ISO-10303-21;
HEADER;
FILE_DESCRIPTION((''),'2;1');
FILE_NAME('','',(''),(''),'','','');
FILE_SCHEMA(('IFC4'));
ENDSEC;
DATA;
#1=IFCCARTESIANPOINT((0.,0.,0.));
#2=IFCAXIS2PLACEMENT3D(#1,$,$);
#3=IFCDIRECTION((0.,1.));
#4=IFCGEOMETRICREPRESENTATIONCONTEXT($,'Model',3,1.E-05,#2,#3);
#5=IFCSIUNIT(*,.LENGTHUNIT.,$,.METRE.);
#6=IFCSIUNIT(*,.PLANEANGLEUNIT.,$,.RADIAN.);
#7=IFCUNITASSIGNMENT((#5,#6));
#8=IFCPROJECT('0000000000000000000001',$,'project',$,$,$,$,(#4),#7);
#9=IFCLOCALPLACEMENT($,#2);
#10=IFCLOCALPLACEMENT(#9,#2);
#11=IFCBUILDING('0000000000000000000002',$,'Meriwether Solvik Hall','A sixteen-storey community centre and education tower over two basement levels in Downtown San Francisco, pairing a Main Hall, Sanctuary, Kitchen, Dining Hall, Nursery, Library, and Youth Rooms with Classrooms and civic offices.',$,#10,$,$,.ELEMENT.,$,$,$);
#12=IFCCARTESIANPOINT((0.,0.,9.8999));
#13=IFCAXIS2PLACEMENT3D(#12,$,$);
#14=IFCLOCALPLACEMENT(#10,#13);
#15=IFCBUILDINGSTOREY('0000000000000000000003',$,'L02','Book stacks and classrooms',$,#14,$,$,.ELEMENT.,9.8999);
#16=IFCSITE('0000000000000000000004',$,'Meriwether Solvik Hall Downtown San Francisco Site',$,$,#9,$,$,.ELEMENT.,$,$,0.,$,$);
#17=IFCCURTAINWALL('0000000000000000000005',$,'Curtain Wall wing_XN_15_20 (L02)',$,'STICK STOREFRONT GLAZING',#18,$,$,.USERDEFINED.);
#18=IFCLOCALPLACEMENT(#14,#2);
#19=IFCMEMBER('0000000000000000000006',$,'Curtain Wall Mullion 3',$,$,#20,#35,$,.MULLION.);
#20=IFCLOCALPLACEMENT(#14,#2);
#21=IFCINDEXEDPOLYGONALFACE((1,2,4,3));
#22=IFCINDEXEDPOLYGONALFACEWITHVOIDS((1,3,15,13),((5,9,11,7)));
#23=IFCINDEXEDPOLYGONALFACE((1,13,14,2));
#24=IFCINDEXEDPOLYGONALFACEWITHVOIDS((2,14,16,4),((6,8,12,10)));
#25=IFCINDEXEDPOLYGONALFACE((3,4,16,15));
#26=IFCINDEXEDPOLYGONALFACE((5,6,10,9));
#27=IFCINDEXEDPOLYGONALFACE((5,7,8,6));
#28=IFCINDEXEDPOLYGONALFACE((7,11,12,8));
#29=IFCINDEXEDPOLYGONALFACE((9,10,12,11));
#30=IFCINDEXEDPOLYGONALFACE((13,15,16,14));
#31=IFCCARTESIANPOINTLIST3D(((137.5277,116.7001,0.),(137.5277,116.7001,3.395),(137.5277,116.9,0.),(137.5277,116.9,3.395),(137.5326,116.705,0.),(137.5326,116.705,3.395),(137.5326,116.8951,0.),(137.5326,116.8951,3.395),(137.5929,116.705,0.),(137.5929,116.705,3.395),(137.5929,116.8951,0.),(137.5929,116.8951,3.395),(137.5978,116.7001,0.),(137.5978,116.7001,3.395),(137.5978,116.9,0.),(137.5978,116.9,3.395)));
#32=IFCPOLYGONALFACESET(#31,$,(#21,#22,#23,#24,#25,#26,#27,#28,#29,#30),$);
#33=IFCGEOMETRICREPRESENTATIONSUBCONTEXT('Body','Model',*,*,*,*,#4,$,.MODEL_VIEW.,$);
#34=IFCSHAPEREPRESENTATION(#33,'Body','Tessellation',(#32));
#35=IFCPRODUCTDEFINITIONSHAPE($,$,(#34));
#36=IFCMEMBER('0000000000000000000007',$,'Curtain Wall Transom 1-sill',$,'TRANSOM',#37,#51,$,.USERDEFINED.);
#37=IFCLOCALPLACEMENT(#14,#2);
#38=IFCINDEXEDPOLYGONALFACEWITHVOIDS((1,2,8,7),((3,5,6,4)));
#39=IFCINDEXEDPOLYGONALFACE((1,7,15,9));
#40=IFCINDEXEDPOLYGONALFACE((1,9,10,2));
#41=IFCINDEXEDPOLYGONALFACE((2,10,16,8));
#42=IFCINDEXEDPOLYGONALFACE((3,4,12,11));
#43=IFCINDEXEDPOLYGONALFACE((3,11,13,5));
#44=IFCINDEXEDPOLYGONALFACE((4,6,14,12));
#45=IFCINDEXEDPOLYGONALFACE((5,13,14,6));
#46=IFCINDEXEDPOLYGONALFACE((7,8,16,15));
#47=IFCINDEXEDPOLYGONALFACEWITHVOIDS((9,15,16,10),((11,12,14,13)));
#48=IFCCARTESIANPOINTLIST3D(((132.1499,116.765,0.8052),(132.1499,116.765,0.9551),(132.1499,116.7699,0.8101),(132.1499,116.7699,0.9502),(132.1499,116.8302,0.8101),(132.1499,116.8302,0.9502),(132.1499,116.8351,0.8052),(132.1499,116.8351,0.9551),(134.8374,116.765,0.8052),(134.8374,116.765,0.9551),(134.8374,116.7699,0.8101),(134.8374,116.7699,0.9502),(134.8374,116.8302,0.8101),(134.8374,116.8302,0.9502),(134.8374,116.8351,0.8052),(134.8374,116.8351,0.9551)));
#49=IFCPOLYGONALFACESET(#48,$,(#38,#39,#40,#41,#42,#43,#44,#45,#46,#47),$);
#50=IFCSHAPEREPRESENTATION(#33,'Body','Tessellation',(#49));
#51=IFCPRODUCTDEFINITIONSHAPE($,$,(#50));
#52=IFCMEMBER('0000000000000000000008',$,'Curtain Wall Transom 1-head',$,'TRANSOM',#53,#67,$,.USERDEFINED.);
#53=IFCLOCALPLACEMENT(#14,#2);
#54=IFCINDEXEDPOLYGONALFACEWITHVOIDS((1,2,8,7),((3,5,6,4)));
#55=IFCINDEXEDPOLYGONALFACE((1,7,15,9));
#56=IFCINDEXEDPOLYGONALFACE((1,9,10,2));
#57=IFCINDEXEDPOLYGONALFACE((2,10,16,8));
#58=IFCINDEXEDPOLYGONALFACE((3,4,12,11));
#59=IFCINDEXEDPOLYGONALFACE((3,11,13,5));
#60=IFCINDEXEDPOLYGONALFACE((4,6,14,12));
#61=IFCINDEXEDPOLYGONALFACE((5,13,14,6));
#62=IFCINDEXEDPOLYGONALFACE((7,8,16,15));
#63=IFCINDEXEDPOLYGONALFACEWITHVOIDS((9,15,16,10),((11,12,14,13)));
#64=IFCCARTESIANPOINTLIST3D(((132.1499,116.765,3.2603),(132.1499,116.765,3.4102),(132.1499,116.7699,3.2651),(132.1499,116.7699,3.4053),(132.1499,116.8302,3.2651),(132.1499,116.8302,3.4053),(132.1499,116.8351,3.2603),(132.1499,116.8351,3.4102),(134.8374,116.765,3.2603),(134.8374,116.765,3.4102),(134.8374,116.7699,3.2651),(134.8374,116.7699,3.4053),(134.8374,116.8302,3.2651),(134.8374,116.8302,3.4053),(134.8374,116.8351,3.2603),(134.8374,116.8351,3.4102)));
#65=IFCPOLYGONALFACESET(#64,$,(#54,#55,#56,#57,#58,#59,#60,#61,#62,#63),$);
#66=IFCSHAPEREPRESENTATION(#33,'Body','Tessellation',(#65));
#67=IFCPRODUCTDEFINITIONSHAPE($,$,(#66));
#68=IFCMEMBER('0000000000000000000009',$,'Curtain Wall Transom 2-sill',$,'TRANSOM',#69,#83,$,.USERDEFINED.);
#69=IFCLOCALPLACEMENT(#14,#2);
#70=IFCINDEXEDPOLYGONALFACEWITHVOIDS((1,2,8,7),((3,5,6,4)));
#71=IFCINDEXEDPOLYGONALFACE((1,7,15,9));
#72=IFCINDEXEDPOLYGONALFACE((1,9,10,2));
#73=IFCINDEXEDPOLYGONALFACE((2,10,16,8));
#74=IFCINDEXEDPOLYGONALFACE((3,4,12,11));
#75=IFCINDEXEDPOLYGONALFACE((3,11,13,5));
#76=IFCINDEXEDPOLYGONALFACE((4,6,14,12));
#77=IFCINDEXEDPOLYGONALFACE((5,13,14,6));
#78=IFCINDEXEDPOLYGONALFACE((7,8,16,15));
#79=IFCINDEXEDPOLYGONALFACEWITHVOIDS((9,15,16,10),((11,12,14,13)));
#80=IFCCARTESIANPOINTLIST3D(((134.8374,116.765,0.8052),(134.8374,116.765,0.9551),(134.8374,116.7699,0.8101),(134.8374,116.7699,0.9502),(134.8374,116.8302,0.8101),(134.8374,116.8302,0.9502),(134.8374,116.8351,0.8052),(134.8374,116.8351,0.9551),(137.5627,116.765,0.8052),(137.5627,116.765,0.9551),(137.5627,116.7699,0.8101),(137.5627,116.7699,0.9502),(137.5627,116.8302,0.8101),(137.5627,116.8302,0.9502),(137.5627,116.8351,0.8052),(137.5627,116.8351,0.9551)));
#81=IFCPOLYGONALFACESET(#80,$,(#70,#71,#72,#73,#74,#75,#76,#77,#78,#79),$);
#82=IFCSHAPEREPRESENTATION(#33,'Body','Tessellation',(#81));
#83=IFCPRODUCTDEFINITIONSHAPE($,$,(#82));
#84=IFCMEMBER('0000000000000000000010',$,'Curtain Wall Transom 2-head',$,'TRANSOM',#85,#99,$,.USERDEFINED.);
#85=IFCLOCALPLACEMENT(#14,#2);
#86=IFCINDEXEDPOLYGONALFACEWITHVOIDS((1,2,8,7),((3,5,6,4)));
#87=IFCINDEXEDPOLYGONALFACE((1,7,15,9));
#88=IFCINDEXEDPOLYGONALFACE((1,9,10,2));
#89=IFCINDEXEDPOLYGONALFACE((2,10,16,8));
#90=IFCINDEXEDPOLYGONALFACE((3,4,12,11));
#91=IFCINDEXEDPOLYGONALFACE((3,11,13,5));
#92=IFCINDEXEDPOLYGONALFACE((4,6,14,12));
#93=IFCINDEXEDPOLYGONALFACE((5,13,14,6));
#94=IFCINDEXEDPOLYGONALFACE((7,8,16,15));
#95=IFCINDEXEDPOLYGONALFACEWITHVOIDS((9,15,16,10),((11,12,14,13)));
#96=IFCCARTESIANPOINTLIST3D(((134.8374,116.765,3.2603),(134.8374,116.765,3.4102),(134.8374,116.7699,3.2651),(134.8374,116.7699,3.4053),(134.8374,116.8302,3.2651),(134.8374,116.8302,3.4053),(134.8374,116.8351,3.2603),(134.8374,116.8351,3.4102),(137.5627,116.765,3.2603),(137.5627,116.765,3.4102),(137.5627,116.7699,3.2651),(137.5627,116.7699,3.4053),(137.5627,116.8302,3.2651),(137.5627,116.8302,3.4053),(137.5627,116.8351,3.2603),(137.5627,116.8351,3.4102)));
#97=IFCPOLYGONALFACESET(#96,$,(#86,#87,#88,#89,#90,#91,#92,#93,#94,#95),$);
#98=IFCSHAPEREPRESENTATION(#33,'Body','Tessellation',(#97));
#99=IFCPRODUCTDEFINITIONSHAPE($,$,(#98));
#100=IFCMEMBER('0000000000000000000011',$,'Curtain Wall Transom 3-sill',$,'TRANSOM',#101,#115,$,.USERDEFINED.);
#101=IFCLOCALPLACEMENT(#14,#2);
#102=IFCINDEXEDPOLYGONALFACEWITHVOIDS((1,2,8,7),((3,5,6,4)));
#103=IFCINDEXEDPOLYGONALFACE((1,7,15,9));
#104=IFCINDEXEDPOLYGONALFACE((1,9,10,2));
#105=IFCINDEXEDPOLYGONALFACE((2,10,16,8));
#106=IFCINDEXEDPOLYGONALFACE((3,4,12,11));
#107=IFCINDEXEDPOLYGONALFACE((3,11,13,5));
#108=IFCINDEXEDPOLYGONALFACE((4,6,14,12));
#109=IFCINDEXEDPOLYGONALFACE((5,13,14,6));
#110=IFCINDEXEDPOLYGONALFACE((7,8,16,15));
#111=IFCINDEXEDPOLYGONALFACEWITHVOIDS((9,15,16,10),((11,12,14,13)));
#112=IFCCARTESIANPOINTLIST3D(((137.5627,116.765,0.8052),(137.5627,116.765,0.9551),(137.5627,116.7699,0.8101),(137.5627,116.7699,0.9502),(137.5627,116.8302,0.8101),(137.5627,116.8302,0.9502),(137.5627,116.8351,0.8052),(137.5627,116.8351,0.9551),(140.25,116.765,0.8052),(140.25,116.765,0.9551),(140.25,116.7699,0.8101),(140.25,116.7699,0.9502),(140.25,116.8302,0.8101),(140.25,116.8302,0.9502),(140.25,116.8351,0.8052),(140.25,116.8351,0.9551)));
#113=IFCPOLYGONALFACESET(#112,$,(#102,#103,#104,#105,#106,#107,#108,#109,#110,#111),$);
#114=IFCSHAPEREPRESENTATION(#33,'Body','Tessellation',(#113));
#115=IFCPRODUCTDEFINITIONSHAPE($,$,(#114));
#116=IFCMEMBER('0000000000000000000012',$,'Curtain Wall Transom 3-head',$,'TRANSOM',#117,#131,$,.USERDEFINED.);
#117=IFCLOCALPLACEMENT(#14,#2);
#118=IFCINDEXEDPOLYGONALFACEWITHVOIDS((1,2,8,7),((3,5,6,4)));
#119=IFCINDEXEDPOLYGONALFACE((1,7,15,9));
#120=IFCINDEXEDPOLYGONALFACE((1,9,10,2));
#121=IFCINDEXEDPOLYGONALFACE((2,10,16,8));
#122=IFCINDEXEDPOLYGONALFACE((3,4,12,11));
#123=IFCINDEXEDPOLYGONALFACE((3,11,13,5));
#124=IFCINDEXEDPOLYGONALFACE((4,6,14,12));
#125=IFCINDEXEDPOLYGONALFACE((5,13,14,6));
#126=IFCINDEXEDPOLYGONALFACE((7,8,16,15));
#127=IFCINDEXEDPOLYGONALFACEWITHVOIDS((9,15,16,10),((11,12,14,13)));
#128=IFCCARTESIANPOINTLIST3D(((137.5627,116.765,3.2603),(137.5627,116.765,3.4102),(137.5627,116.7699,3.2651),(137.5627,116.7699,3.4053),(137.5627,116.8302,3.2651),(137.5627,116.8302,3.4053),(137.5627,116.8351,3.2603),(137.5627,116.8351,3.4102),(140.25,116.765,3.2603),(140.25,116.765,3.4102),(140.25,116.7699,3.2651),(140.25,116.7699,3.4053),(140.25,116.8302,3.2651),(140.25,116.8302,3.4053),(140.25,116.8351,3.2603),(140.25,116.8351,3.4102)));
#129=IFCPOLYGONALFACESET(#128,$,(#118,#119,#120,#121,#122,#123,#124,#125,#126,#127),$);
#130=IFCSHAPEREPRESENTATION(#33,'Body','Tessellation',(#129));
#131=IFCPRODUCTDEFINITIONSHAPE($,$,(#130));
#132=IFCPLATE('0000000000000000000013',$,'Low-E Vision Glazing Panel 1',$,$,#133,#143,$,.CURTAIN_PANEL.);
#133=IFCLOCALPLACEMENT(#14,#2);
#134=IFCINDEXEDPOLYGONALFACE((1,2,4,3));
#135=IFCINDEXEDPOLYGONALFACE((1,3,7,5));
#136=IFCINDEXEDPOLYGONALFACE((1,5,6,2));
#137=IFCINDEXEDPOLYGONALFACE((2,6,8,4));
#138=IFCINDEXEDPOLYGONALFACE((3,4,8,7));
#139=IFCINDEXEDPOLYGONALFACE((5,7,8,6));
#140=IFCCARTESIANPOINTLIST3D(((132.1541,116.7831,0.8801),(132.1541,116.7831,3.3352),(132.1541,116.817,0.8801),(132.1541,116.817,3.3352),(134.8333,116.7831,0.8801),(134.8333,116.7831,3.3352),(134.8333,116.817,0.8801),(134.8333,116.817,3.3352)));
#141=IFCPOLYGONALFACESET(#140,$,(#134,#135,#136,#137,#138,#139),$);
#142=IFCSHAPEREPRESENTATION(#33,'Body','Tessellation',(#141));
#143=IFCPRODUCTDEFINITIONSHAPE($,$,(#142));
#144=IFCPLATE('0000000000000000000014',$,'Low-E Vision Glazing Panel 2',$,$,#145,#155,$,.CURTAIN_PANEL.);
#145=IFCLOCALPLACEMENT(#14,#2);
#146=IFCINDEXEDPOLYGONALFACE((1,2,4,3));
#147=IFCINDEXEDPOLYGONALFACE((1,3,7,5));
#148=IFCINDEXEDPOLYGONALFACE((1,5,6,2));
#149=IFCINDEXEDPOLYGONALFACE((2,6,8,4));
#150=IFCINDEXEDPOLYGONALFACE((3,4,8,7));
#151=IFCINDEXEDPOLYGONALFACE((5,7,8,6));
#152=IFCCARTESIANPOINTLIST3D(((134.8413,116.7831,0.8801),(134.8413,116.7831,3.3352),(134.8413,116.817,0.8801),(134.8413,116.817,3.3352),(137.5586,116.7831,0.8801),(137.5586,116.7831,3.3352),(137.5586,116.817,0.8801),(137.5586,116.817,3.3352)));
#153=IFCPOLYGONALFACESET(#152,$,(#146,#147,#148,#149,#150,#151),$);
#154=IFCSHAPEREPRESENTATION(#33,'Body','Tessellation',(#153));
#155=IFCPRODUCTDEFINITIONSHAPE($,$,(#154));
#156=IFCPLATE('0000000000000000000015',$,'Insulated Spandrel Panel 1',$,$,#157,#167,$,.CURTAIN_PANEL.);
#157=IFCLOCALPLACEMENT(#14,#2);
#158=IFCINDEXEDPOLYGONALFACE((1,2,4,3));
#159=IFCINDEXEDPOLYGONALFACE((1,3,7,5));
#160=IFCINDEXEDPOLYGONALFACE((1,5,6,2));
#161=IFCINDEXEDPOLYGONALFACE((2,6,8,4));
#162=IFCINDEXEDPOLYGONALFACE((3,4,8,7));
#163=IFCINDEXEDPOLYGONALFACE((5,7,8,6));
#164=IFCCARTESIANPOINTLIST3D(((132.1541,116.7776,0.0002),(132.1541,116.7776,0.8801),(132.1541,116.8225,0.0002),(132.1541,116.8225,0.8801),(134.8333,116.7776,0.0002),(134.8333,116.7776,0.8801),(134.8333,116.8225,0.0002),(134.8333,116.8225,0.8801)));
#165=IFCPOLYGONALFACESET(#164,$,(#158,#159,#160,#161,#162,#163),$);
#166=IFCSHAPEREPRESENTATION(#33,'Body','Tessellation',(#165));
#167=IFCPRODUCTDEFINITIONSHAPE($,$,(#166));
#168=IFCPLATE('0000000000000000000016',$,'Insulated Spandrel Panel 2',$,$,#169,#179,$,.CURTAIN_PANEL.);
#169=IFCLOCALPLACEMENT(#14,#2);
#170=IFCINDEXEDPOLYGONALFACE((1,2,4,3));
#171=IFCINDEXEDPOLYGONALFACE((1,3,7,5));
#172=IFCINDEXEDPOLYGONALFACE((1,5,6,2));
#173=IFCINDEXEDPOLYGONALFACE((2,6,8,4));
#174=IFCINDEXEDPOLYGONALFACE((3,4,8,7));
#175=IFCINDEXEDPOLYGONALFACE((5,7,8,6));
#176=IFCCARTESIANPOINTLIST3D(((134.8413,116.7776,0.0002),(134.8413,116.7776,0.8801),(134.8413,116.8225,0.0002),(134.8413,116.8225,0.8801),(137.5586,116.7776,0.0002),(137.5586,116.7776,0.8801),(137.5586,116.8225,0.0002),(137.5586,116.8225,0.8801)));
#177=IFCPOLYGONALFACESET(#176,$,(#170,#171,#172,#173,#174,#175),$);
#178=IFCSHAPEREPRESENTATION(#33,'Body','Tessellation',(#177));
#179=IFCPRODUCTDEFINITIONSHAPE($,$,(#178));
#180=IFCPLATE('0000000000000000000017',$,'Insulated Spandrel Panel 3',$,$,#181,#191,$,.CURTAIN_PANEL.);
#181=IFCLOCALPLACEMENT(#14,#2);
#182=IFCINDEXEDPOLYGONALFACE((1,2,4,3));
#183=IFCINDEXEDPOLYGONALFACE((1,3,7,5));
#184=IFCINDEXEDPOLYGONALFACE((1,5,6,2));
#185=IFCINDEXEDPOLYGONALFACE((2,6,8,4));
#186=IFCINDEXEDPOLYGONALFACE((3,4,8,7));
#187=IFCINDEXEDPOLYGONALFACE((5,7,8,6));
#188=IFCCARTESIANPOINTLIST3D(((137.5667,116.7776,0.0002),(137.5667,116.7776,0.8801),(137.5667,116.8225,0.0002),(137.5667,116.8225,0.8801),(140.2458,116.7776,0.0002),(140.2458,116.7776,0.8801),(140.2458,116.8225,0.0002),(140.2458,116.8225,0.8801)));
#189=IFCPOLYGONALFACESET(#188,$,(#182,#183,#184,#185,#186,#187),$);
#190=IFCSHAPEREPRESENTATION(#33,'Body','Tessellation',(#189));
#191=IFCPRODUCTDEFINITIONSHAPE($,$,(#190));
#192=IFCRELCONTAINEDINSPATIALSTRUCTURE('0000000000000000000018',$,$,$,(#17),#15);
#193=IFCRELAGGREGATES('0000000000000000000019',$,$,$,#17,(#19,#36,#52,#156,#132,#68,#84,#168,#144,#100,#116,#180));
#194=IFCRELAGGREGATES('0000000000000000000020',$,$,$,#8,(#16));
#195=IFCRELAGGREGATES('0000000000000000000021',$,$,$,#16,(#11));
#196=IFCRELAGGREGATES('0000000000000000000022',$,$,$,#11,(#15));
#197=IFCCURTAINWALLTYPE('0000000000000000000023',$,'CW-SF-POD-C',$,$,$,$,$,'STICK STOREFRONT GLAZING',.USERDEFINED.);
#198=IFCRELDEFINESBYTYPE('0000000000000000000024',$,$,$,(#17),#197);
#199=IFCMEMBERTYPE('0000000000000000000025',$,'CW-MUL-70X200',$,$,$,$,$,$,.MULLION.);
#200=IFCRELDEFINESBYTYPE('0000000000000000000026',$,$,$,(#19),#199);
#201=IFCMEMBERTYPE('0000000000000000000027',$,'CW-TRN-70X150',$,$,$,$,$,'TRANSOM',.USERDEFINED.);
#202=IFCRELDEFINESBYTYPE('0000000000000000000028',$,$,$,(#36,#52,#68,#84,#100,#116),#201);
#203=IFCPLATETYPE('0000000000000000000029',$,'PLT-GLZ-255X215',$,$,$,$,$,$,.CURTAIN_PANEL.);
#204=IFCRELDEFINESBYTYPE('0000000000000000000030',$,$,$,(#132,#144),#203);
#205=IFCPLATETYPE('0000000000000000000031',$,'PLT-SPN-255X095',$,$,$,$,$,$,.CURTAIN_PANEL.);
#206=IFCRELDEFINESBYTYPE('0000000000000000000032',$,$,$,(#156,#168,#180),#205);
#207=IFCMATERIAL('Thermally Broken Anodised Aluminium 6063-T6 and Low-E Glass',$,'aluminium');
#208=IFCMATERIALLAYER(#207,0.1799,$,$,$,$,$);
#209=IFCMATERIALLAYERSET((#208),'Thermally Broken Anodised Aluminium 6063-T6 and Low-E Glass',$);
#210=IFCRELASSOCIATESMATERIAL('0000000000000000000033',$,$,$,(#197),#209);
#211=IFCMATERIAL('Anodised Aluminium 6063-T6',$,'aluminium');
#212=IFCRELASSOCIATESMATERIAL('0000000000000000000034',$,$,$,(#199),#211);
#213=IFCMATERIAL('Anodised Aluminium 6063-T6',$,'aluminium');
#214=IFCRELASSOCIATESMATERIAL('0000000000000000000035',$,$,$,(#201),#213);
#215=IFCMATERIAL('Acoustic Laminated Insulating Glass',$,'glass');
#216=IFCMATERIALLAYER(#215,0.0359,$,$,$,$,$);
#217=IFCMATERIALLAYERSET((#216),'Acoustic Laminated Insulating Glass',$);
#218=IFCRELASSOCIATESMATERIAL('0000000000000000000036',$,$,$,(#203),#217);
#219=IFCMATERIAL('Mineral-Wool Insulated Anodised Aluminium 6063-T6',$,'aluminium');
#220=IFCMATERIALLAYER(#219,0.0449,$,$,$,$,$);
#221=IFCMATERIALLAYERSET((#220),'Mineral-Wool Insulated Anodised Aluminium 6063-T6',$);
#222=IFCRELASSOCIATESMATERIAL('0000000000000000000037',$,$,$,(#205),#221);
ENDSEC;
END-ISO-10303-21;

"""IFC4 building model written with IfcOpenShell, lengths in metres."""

from ifc_helpers import new_model, si_unit, direction, frame, origin, origin_2d, place, context, subcontext, project, spatial, rectangle, hollow_rectangle, extrude, material, layer, layer_set, material_profile, profile_set, type_object, element, aggregate, save


model = new_model("IFC4")

# Units and contexts
model_context = context("Model", 3, precision=1e-05, world=origin(), true_north=direction((0.0, 1.0)))
body_context = subcontext(model_context, "Body", "Model", "MODEL_VIEW")
ifc_project = project(units=[si_unit("LENGTHUNIT", "METRE"), si_unit("PLANEANGLEUNIT", "RADIAN")], contexts=[model_context])

# Site, building, storey
site_placement = place(None, origin())
site = spatial("IfcSite", under=ifc_project, at=site_placement, Name="Meriwether Solvik Hall Downtown San Francisco Site", CompositionType="ELEMENT", RefElevation=0.0)
building_placement = place(site_placement, origin())
building = spatial("IfcBuilding", under=site, at=building_placement, Name="Meriwether Solvik Hall", Description="A sixteen-storey community centre and education tower over two basement levels in Downtown San Francisco, pairing a Main Hall, Sanctuary, Kitchen, Dining Hall, Nursery, Library, and Youth Rooms with Classrooms and civic offices.", CompositionType="ELEMENT")
storey_placement = place(building_placement, frame((0.0, 0.0, 9.8999)))
storey = spatial("IfcBuildingStorey", under=building, at=storey_placement, Name="L02", Description="Book stacks and classrooms", CompositionType="ELEMENT", Elevation=9.8999)

# Curtain wall, members, plates
ifc_material_1 = material(Name="Thermally Broken Anodised Aluminium 6063-T6 and Low-E Glass", Category="aluminium")
ifc_layer_1 = layer(ifc_material_1, 0.1799)
ifc_layer_set_1 = layer_set([ifc_layer_1], Name="Thermally Broken Anodised Aluminium 6063-T6 and Low-E Glass")
curtain_wall_type = type_object("IfcCurtainWallType", Name="CW-SF-POD-C", ElementType="STICK STOREFRONT GLAZING", PredefinedType="USERDEFINED", material=ifc_layer_set_1)
curtain_wall_placement = place(storey_placement, origin())
curtain_wall = element("IfcCurtainWall", 1, at=curtain_wall_placement, inside=storey, type_object=curtain_wall_type, Name="Curtain Wall wing_XN_15_20 (L02)", ObjectType="STICK STOREFRONT GLAZING", PredefinedType="USERDEFINED")
ifc_material_2 = material(Name="Anodised Aluminium 6063-T6", Category="aluminium")
ifc_material_profile_1 = material_profile(ifc_material_2, hollow_rectangle(XDim=0.0701, YDim=0.2, WallThickness=0.0049, at=origin_2d()), Name="CWM-70X200")
ifc_profile_set_1 = profile_set([ifc_material_profile_1], Name="Anodised Aluminium 6063-T6")
member_type_1 = type_object("IfcMemberType", Name="CW-MUL-70X200", PredefinedType="MULLION", material=ifc_profile_set_1)
member_1_placement = place(storey_placement, frame((137.5627, 116.8, 0.0), z_axis=(0.0, 0.0, 1.0), x_axis=(1.0, 0.0, 0.0)))
member_1 = element("IfcMember", 2, at=member_1_placement, type_object=member_type_1, Name="Curtain Wall Mullion 3", PredefinedType="MULLION", context=body_context, shape_type="SweptSolid", body=[
    extrude(hollow_rectangle(XDim=0.0701, YDim=0.2, WallThickness=0.0049, at=origin_2d()), origin(), (0.0, 0.0, 1.0), 3.395),
])
ifc_material_3 = material(Name="Anodised Aluminium 6063-T6", Category="aluminium")
ifc_material_profile_2 = material_profile(ifc_material_3, hollow_rectangle(XDim=0.0701, YDim=0.1499, WallThickness=0.0049, at=origin_2d()), Name="CWT-70X150")
ifc_profile_set_2 = profile_set([ifc_material_profile_2], Name="Anodised Aluminium 6063-T6")
member_type_2 = type_object("IfcMemberType", Name="CW-TRN-70X150", ElementType="TRANSOM", PredefinedType="USERDEFINED", material=ifc_profile_set_2)
member_2_placement = place(storey_placement, frame((132.1499, 116.8, 0.8801), z_axis=(1.0, 0.0, 0.0), x_axis=(0.0, 1.0, 0.0)))
member_2 = element("IfcMember", 3, at=member_2_placement, type_object=member_type_2, Name="Curtain Wall Transom 1-sill", ObjectType="TRANSOM", PredefinedType="USERDEFINED", context=body_context, shape_type="SweptSolid", body=[
    extrude(hollow_rectangle(XDim=0.0701, YDim=0.1499, WallThickness=0.0049, at=origin_2d()), origin(), (0.0, 0.0, 1.0), 2.6875),
])
member_3_placement = place(storey_placement, frame((132.1499, 116.8, 3.3352), z_axis=(1.0, 0.0, 0.0), x_axis=(0.0, 1.0, 0.0)))
member_3 = element("IfcMember", 4, at=member_3_placement, type_object=member_type_2, Name="Curtain Wall Transom 1-head", ObjectType="TRANSOM", PredefinedType="USERDEFINED", context=body_context, shape_type="SweptSolid", body=[
    extrude(hollow_rectangle(XDim=0.0701, YDim=0.1499, WallThickness=0.0049, at=origin_2d()), origin(), (0.0, 0.0, 1.0), 2.6875),
])
member_4_placement = place(storey_placement, frame((134.8374, 116.8, 0.8801), z_axis=(1.0, 0.0, 0.0), x_axis=(0.0, 1.0, 0.0)))
member_4 = element("IfcMember", 5, at=member_4_placement, type_object=member_type_2, Name="Curtain Wall Transom 2-sill", ObjectType="TRANSOM", PredefinedType="USERDEFINED", context=body_context, shape_type="SweptSolid", body=[
    extrude(hollow_rectangle(XDim=0.0701, YDim=0.1499, WallThickness=0.0049, at=origin_2d()), origin(), (0.0, 0.0, 1.0), 2.7253),
])
member_5_placement = place(storey_placement, frame((134.8374, 116.8, 3.3352), z_axis=(1.0, 0.0, 0.0), x_axis=(0.0, 1.0, 0.0)))
member_5 = element("IfcMember", 6, at=member_5_placement, type_object=member_type_2, Name="Curtain Wall Transom 2-head", ObjectType="TRANSOM", PredefinedType="USERDEFINED", context=body_context, shape_type="SweptSolid", body=[
    extrude(hollow_rectangle(XDim=0.0701, YDim=0.1499, WallThickness=0.0049, at=origin_2d()), origin(), (0.0, 0.0, 1.0), 2.7253),
])
member_6_placement = place(storey_placement, frame((137.5627, 116.8, 0.8801), z_axis=(1.0, 0.0, 0.0), x_axis=(0.0, 1.0, 0.0)))
member_6 = element("IfcMember", 7, at=member_6_placement, type_object=member_type_2, Name="Curtain Wall Transom 3-sill", ObjectType="TRANSOM", PredefinedType="USERDEFINED", context=body_context, shape_type="SweptSolid", body=[
    extrude(hollow_rectangle(XDim=0.0701, YDim=0.1499, WallThickness=0.0049, at=origin_2d()), origin(), (0.0, 0.0, 1.0), 2.6873),
])
member_7_placement = place(storey_placement, frame((137.5627, 116.8, 3.3352), z_axis=(1.0, 0.0, 0.0), x_axis=(0.0, 1.0, 0.0)))
member_7 = element("IfcMember", 8, at=member_7_placement, type_object=member_type_2, Name="Curtain Wall Transom 3-head", ObjectType="TRANSOM", PredefinedType="USERDEFINED", context=body_context, shape_type="SweptSolid", body=[
    extrude(hollow_rectangle(XDim=0.0701, YDim=0.1499, WallThickness=0.0049, at=origin_2d()), origin(), (0.0, 0.0, 1.0), 2.6873),
])
ifc_material_4 = material(Name="Acoustic Laminated Insulating Glass", Category="glass")
ifc_layer_2 = layer(ifc_material_4, 0.0359)
ifc_layer_set_2 = layer_set([ifc_layer_2], Name="Acoustic Laminated Insulating Glass")
plate_type_1 = type_object("IfcPlateType", Name="PLT-GLZ-255X215", PredefinedType="CURTAIN_PANEL", material=ifc_layer_set_2)
plate_1_placement = place(storey_placement, frame((133.4937, 116.8, 0.8801), z_axis=(0.0, 0.0, 1.0), x_axis=(1.0, 0.0, 0.0)))
plate_1 = element("IfcPlate", 9, at=plate_1_placement, type_object=plate_type_1, Name="Low-E Vision Glazing Panel 1", PredefinedType="CURTAIN_PANEL", context=body_context, shape_type="SweptSolid", body=[
    extrude(rectangle(XDim=2.6792, YDim=0.0339, at=origin_2d()), origin(), (0.0, 0.0, 1.0), 2.4551),
])
plate_2_placement = place(storey_placement, frame((136.2, 116.8, 0.8801), z_axis=(0.0, 0.0, 1.0), x_axis=(1.0, 0.0, 0.0)))
plate_2 = element("IfcPlate", 10, at=plate_2_placement, type_object=plate_type_1, Name="Low-E Vision Glazing Panel 2", PredefinedType="CURTAIN_PANEL", context=body_context, shape_type="SweptSolid", body=[
    extrude(rectangle(XDim=2.7173, YDim=0.0339, at=origin_2d()), origin(), (0.0, 0.0, 1.0), 2.4551),
])
ifc_material_5 = material(Name="Mineral-Wool Insulated Anodised Aluminium 6063-T6", Category="aluminium")
ifc_layer_3 = layer(ifc_material_5, 0.0449)
ifc_layer_set_3 = layer_set([ifc_layer_3], Name="Mineral-Wool Insulated Anodised Aluminium 6063-T6")
plate_type_2 = type_object("IfcPlateType", Name="PLT-SPN-255X095", PredefinedType="CURTAIN_PANEL", material=ifc_layer_set_3)
plate_3_placement = place(storey_placement, frame((133.4937, 116.8, 0.0002), z_axis=(0.0, 0.0, 1.0), x_axis=(1.0, 0.0, 0.0)))
plate_3 = element("IfcPlate", 11, at=plate_3_placement, type_object=plate_type_2, Name="Insulated Spandrel Panel 1", PredefinedType="CURTAIN_PANEL", context=body_context, shape_type="SweptSolid", body=[
    extrude(rectangle(XDim=2.6792, YDim=0.0449, at=origin_2d()), origin(), (0.0, 0.0, 1.0), 0.8799),
])
plate_4_placement = place(storey_placement, frame((136.2, 116.8, 0.0002), z_axis=(0.0, 0.0, 1.0), x_axis=(1.0, 0.0, 0.0)))
plate_4 = element("IfcPlate", 12, at=plate_4_placement, type_object=plate_type_2, Name="Insulated Spandrel Panel 2", PredefinedType="CURTAIN_PANEL", context=body_context, shape_type="SweptSolid", body=[
    extrude(rectangle(XDim=2.7173, YDim=0.0449, at=origin_2d()), origin(), (0.0, 0.0, 1.0), 0.8799),
])
plate_5_placement = place(storey_placement, frame((138.9062, 116.8, 0.0002), z_axis=(0.0, 0.0, 1.0), x_axis=(1.0, 0.0, 0.0)))
plate_5 = element("IfcPlate", 13, at=plate_5_placement, type_object=plate_type_2, Name="Insulated Spandrel Panel 3", PredefinedType="CURTAIN_PANEL", context=body_context, shape_type="SweptSolid", body=[
    extrude(rectangle(XDim=2.6792, YDim=0.0449, at=origin_2d()), origin(), (0.0, 0.0, 1.0), 0.8799),
])
aggregate(curtain_wall, [member_1, member_2, member_3, plate_3, plate_1, member_4, member_5, plate_4, plate_2, member_6, member_7, plate_5])

save(model, "model.ifc")
